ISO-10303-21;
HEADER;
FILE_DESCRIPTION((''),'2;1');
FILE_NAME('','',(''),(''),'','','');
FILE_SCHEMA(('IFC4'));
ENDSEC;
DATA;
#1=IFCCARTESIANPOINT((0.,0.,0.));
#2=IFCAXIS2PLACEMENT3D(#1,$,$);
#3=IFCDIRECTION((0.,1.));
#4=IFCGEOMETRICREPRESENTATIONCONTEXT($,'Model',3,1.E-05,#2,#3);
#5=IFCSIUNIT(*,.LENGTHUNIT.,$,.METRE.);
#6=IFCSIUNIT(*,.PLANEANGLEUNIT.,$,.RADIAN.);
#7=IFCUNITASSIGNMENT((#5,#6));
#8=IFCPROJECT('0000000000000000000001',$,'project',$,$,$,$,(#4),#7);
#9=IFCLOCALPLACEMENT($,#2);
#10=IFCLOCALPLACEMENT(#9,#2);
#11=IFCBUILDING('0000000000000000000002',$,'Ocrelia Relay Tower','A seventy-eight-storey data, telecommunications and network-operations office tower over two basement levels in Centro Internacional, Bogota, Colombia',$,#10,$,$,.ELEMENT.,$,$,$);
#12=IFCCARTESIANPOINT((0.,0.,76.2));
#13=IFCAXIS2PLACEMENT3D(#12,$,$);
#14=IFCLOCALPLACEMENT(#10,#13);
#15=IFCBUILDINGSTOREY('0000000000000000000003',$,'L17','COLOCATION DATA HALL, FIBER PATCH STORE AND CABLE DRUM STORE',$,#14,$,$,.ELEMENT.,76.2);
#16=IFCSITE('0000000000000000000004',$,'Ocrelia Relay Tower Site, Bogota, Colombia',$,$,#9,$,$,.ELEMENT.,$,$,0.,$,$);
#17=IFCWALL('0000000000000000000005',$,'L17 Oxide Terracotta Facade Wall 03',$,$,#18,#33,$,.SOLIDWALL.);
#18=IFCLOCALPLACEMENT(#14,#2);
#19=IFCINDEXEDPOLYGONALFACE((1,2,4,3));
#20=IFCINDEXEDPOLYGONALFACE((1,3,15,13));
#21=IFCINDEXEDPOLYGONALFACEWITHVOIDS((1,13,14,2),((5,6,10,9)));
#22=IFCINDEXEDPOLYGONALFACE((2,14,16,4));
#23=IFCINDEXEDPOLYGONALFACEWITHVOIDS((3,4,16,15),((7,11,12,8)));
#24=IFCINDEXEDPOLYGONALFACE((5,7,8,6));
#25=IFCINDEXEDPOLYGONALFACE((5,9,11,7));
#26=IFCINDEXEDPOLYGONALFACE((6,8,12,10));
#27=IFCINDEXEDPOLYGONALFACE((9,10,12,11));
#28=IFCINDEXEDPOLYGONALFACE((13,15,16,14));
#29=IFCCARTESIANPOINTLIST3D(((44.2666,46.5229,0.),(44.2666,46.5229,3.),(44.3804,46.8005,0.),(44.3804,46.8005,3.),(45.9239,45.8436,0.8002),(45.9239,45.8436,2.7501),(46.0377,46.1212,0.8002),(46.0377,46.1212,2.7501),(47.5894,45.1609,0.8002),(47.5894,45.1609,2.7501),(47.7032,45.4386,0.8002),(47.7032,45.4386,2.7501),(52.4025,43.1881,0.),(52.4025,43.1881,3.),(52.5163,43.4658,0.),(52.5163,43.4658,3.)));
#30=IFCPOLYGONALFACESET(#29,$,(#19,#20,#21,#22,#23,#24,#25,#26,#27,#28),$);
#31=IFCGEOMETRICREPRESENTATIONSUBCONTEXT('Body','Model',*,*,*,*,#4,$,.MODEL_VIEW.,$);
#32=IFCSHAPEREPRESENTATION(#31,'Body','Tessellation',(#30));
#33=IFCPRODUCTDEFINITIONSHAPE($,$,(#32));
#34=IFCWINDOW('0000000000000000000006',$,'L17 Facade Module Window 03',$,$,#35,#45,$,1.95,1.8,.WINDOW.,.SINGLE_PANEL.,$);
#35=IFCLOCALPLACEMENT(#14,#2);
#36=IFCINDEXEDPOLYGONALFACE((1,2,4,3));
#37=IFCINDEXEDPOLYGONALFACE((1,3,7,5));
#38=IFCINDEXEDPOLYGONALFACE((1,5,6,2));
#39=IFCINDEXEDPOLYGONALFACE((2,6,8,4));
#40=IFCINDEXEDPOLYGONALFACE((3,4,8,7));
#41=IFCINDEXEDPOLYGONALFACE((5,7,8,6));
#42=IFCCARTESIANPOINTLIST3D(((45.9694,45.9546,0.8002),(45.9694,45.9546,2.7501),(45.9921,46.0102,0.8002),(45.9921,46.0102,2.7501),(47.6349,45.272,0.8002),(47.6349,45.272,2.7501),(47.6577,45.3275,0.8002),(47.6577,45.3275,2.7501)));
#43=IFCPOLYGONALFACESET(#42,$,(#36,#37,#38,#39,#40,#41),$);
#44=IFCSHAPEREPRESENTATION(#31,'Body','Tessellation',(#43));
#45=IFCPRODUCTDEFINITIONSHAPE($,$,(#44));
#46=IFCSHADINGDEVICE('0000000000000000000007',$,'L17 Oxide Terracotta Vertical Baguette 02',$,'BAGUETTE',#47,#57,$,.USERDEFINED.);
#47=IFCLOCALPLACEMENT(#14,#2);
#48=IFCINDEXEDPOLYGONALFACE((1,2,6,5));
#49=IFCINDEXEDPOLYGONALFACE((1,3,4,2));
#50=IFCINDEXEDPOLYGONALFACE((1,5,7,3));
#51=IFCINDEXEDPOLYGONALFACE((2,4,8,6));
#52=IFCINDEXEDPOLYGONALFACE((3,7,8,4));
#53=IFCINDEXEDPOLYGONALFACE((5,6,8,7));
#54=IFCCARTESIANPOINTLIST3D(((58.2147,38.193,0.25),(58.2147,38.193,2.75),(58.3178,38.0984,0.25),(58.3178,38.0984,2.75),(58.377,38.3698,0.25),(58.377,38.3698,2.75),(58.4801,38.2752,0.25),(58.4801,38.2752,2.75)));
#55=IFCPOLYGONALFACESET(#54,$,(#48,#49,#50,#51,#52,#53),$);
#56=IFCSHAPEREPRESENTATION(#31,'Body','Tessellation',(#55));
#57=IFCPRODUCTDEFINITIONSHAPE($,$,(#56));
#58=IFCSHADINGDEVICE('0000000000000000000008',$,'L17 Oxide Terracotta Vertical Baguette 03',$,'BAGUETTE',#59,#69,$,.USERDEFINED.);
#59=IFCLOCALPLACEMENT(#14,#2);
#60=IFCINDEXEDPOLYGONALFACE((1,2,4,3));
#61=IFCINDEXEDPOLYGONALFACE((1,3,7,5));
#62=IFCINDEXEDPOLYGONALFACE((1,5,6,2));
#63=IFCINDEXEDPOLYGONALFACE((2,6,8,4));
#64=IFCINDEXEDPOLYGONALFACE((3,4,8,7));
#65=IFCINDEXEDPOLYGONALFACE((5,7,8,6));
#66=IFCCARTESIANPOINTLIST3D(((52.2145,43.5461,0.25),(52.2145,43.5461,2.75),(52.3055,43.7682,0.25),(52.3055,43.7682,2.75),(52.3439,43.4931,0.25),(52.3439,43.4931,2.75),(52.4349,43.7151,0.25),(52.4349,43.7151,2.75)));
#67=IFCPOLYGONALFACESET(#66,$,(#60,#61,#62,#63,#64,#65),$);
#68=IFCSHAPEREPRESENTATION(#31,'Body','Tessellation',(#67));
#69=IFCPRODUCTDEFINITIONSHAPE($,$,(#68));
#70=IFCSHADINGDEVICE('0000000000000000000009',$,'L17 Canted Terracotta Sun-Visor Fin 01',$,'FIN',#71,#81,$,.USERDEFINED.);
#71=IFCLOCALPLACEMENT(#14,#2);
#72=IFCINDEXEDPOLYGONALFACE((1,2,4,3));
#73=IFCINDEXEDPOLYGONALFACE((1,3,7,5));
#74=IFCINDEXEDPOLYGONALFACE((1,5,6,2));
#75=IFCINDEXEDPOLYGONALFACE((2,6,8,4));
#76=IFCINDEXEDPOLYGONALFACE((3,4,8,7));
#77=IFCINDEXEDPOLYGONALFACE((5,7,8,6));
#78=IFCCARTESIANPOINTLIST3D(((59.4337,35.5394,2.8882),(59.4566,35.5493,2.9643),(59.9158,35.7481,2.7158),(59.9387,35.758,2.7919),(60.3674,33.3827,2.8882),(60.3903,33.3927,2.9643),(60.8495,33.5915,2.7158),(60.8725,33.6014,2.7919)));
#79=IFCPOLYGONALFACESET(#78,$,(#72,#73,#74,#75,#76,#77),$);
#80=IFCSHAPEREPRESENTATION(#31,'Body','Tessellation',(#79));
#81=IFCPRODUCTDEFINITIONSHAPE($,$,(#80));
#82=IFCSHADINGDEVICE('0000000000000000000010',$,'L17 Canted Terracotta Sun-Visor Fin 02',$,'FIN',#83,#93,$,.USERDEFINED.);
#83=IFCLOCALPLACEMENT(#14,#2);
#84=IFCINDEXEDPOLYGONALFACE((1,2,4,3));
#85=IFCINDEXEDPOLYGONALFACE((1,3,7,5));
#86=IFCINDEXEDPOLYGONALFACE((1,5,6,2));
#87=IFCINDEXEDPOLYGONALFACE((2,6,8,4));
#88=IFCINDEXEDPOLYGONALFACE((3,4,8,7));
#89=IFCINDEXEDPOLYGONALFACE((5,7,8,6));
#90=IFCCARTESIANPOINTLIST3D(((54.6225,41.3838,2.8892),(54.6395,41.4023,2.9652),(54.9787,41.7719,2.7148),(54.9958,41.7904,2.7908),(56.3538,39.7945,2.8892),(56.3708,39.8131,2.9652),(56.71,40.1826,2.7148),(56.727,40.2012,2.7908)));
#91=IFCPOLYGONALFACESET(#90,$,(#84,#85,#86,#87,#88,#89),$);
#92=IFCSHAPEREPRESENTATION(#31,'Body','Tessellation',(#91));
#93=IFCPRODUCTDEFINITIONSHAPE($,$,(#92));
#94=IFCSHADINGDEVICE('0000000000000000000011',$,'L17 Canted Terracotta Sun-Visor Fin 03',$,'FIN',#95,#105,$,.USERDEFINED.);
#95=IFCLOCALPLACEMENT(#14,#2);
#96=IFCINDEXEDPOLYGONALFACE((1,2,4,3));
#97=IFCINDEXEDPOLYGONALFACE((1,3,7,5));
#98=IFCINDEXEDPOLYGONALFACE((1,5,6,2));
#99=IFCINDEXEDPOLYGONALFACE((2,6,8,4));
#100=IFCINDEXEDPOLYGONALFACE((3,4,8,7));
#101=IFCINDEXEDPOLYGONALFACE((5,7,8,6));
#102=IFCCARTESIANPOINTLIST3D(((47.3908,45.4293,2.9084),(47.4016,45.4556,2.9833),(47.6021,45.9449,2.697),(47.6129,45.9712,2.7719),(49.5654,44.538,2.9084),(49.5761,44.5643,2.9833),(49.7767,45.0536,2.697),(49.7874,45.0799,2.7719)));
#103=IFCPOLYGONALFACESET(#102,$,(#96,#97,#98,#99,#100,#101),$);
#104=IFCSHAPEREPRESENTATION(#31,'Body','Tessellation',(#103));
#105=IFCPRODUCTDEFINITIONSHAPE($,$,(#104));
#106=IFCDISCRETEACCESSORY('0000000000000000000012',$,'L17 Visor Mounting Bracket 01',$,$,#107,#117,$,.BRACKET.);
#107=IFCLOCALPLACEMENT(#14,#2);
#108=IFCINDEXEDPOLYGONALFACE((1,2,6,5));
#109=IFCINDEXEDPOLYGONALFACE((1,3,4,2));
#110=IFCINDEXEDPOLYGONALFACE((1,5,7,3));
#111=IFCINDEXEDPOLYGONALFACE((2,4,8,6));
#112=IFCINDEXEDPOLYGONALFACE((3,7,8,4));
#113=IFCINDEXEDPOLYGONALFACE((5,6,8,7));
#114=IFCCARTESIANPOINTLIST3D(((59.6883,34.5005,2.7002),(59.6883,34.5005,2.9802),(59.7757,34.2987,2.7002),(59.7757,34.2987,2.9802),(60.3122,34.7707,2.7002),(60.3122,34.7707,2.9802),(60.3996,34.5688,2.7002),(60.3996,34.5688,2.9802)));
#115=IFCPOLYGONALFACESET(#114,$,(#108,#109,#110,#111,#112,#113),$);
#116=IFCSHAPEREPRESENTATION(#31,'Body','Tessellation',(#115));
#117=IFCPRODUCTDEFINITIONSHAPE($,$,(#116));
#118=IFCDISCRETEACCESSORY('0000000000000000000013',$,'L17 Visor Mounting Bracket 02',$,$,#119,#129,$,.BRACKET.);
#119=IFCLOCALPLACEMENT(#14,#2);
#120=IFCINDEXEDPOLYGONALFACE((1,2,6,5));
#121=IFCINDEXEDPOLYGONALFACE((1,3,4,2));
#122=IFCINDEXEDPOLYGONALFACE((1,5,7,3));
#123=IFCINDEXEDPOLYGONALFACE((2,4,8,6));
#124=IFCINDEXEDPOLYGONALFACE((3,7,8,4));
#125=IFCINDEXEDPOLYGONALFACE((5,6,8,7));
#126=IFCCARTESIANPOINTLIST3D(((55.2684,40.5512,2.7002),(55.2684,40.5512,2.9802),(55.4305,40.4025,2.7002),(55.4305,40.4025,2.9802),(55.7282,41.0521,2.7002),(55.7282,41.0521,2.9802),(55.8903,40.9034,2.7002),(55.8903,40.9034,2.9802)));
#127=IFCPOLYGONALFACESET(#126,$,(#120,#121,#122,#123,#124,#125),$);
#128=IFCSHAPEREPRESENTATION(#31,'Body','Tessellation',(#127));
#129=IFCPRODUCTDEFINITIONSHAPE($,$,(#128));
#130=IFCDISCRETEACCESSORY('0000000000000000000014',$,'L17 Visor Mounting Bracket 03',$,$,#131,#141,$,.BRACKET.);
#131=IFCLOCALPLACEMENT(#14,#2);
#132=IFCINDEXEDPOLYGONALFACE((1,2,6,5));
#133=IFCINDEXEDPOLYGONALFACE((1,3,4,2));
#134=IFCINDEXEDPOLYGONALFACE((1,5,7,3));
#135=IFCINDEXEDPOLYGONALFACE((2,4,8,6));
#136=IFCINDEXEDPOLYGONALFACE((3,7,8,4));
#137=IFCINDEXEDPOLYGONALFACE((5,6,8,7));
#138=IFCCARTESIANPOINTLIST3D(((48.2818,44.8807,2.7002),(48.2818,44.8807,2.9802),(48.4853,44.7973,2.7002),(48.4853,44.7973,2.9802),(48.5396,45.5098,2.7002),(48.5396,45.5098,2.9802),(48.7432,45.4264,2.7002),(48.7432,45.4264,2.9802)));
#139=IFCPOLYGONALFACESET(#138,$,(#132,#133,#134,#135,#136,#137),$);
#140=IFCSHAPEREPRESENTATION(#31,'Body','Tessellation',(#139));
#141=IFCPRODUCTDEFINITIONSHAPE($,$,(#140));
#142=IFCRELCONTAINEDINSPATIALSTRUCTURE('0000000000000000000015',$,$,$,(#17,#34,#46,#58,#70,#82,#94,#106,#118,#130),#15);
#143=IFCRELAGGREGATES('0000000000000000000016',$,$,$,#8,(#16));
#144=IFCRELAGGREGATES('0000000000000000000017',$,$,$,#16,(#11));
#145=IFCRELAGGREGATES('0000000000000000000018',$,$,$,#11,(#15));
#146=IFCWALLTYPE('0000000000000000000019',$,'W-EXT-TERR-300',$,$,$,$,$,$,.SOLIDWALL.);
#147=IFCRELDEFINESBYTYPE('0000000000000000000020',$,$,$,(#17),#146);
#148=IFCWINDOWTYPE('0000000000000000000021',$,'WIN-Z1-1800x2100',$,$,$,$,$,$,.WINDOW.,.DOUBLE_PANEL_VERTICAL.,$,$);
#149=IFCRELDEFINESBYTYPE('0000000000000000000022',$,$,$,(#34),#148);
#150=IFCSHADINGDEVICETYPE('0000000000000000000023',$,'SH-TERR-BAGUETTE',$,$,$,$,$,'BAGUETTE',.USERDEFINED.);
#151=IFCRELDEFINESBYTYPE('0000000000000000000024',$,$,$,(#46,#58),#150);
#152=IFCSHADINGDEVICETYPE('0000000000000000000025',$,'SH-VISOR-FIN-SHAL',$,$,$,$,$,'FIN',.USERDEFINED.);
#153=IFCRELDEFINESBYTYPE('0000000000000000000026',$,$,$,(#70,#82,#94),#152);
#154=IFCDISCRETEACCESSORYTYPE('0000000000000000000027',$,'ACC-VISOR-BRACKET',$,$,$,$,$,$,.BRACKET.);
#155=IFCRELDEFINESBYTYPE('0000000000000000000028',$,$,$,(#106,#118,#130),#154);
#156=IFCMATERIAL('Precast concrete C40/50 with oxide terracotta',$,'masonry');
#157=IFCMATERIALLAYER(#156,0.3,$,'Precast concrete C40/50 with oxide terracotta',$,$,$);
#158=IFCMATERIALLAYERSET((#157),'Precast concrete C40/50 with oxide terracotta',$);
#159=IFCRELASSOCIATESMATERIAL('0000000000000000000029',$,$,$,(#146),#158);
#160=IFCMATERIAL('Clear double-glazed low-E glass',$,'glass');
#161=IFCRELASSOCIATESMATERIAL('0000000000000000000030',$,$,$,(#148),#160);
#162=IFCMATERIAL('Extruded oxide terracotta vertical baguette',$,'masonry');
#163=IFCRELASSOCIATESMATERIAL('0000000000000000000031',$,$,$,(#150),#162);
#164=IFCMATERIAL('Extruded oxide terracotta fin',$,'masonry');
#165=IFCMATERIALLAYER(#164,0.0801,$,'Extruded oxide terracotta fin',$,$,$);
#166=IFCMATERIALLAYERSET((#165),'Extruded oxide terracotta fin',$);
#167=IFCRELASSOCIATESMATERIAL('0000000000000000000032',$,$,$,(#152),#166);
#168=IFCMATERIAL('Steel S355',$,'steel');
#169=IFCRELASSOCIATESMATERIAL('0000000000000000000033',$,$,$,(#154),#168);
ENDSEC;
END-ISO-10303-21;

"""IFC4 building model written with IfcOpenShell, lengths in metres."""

from ifc_helpers import new_model, si_unit, direction, frame, frame_2d, origin, origin_2d, place, context, subcontext, project, spatial, rectangle, extrude, material, layer, layer_set, type_object, element, fill, save


model = new_model("IFC4")

# Units and contexts
model_context = context("Model", 3, precision=1e-05, world=origin(), true_north=direction((0.0, 1.0)))
body_context = subcontext(model_context, "Body", "Model", "MODEL_VIEW")
ifc_project = project(units=[si_unit("LENGTHUNIT", "METRE"), si_unit("PLANEANGLEUNIT", "RADIAN")], contexts=[model_context])

# Site, building, storey
site_placement = place(None, origin())
site = spatial("IfcSite", under=ifc_project, at=site_placement, Name="Ocrelia Relay Tower Site, Bogota, Colombia", CompositionType="ELEMENT", RefElevation=0.0)
building_placement = place(site_placement, origin())
building = spatial("IfcBuilding", under=site, at=building_placement, Name="Ocrelia Relay Tower", Description="A seventy-eight-storey data, telecommunications and network-operations office tower over two basement levels in Centro Internacional, Bogota, Colombia", CompositionType="ELEMENT")
storey_placement = place(building_placement, frame((0.0, 0.0, 76.2)))
storey = spatial("IfcBuildingStorey", under=building, at=storey_placement, Name="L17", Description="COLOCATION DATA HALL, FIBER PATCH STORE AND CABLE DRUM STORE", CompositionType="ELEMENT", Elevation=76.2)

# Shared definitions
ifc_material_1 = material(Name="Steel S355", Category="steel")

# Shared definitions
ifc_material_2 = material(Name="Clear double-glazed low-E glass", Category="glass")

# Wall, opening, window
ifc_material_3 = material(Name="Precast concrete C40/50 with oxide terracotta", Category="masonry")
ifc_layer_1 = layer(ifc_material_3, 0.3, Name="Precast concrete C40/50 with oxide terracotta")
ifc_layer_set_1 = layer_set([ifc_layer_1], Name="Precast concrete C40/50 with oxide terracotta")
wall_type = type_object("IfcWallType", Name="W-EXT-TERR-300", PredefinedType="SOLIDWALL", material=ifc_layer_set_1)
window_type = type_object("IfcWindowType", Name="WIN-Z1-1800x2100", PartitioningType="DOUBLE_PANEL_VERTICAL", PredefinedType="WINDOW", material=ifc_material_2)
wall_1_placement = place(storey_placement, frame((52.4595, 43.3269, 0.0), z_axis=(0.0, 0.0, 1.0), x_axis=(-0.925289, 0.379262, 0.0)))
wall_1 = element("IfcWall", 1, at=wall_1_placement, inside=storey, type_object=wall_type, Name="L17 Oxide Terracotta Facade Wall 03", PredefinedType="SOLIDWALL", context=body_context, shape_type="SweptSolid", body=[
    extrude(rectangle(XDim=8.7927, YDim=0.3, at=frame_2d((4.3965, 0.0))), origin(), (0.0, 0.0, 1.0), 3.0),
])
opening_1_placement = place(wall_1_placement, frame((5.2019, 0.0, 0.8)))
opening_1 = element("IfcOpeningElement", 2, at=opening_1_placement, cuts=wall_1, PredefinedType="OPENING", context=body_context, shape_type="SweptSolid", body=[
    extrude(rectangle(XDim=1.8, YDim=1.95, at=frame_2d((0.8999, 0.9751))), frame((0.0, 0.1602, 0.0), z_axis=(0.0, -1.0, 0.0), x_axis=(1.0, 0.0, 0.0)), (0.0, 0.0, 1.0), 0.3201),
])
window_1_placement = place(opening_1_placement, origin())
window_1 = element("IfcWindow", 3, at=window_1_placement, inside=storey, type_object=window_type, Name="L17 Facade Module Window 03", OverallHeight=1.95, OverallWidth=1.8, PartitioningType="SINGLE_PANEL", PredefinedType="WINDOW", context=body_context, shape_type="SweptSolid", body=[
    extrude(rectangle(XDim=1.8, YDim=1.95, at=frame_2d((0.8999, 0.9751))), frame((0.0, 0.03, 0.0), z_axis=(0.0, -1.0, 0.0), x_axis=(1.0, 0.0, 0.0)), (0.0, 0.0, 1.0), 0.0601),
])
fill(opening_1, window_1)

# Shading devices
ifc_material_4 = material(Name="Extruded oxide terracotta vertical baguette", Category="masonry")
shading_device_type_1 = type_object("IfcShadingDeviceType", Name="SH-TERR-BAGUETTE", ElementType="BAGUETTE", PredefinedType="USERDEFINED", material=ifc_material_4)
for number, where, z_axis, x_axis, name in (
    (4, (58.3474, 38.2341, 0.25), (0.0, 0.0, 1.0), (-0.736679, 0.676242, 0.0), "L17 Oxide Terracotta Vertical Baguette 02"),
    (5, (52.3247, 43.6306, 0.25), (0.0, 0.0, 1.0), (-0.925295, 0.379248, 0.0), "L17 Oxide Terracotta Vertical Baguette 03"),
):
    element("IfcShadingDevice", number, at=place(storey_placement, frame(where, z_axis=z_axis, x_axis=x_axis)), inside=storey, type_object=shading_device_type_1, Name=name, ObjectType="BAGUETTE", PredefinedType="USERDEFINED", context=body_context, shape_type="SweptSolid", body=[
        extrude(rectangle(XDim=0.1399, YDim=0.24, at=origin_2d()), origin(), (0.0, 0.0, 1.0), 2.5),
    ])
ifc_material_5 = material(Name="Extruded oxide terracotta fin", Category="masonry")
ifc_layer_2 = layer(ifc_material_5, 0.0801, Name="Extruded oxide terracotta fin")
ifc_layer_set_2 = layer_set([ifc_layer_2], Name="Extruded oxide terracotta fin")
shading_device_type_2 = type_object("IfcShadingDeviceType", Name="SH-VISOR-FIN-SHAL", ElementType="FIN", PredefinedType="USERDEFINED", material=ifc_layer_set_2)
shading_device_1_placement = place(storey_placement, frame((60.1416, 34.5654, 2.802), z_axis=(0.286168, 0.123897, 0.950135), x_axis=(-0.397313, 0.917683, 0.0)))
element("IfcShadingDevice", 6, at=shading_device_1_placement, inside=storey, type_object=shading_device_type_2, Name="L17 Canted Terracotta Sun-Visor Fin 01", ObjectType="FIN", PredefinedType="USERDEFINED", context=body_context, shape_type="SweptSolid", body=[
    extrude(rectangle(XDim=2.3501, YDim=0.553, at=origin_2d()), origin(), (0.0, 0.0, 1.0), 0.0801),
])
shading_device_2_placement = place(storey_placement, frame((55.6663, 40.7832, 2.802), z_axis=(0.212559, 0.231556, 0.949316), x_axis=(-0.736679, 0.676242, 0.0)))
element("IfcShadingDevice", 7, at=shading_device_2_placement, inside=storey, type_object=shading_device_type_2, Name="L17 Canted Terracotta Sun-Visor Fin 02", ObjectType="FIN", PredefinedType="USERDEFINED", context=body_context, shape_type="SweptSolid", body=[
    extrude(rectangle(XDim=2.3501, YDim=0.5549, at=origin_2d()), origin(), (0.0, 0.0, 1.0), 0.0801),
])
shading_device_3_placement = place(storey_placement, frame((48.5837, 45.2415, 2.8027), z_axis=(0.13455, 0.328277, 0.93495), x_axis=(-0.925295, 0.379248, 0.0)))
element("IfcShadingDevice", 8, at=shading_device_3_placement, inside=storey, type_object=shading_device_type_2, Name="L17 Canted Terracotta Sun-Visor Fin 03", ObjectType="FIN", PredefinedType="USERDEFINED", context=body_context, shape_type="SweptSolid", body=[
    extrude(rectangle(XDim=2.3501, YDim=0.5959, at=origin_2d()), origin(), (0.0, 0.0, 1.0), 0.0801),
])

# Discrete accessories
discrete_accessory_type = type_object("IfcDiscreteAccessoryType", Name="ACC-VISOR-BRACKET", PredefinedType="BRACKET", material=ifc_material_1)
for number, where, z_axis, x_axis, name in (
    (9, (60.0439, 34.5347, 2.7002), (0.0, 0.0, 1.0), (-0.397313, 0.917683, 0.0), "L17 Visor Mounting Bracket 01"),
    (10, (55.5793, 40.7273, 2.7002), (0.0, 0.0, 1.0), (-0.736679, 0.676242, 0.0), "L17 Visor Mounting Bracket 02"),
    (11, (48.5125, 45.1536, 2.7002), (0.0, 0.0, 1.0), (-0.925295, 0.379248, 0.0), "L17 Visor Mounting Bracket 03"),
):
    element("IfcDiscreteAccessory", number, at=place(storey_placement, frame(where, z_axis=z_axis, x_axis=x_axis)), inside=storey, type_object=discrete_accessory_type, Name=name, PredefinedType="BRACKET", context=body_context, shape_type="SweptSolid", body=[
        extrude(rectangle(XDim=0.22, YDim=0.6799, at=origin_2d()), origin(), (0.0, 0.0, 1.0), 0.28),
    ])

save(model, "model.ifc")
